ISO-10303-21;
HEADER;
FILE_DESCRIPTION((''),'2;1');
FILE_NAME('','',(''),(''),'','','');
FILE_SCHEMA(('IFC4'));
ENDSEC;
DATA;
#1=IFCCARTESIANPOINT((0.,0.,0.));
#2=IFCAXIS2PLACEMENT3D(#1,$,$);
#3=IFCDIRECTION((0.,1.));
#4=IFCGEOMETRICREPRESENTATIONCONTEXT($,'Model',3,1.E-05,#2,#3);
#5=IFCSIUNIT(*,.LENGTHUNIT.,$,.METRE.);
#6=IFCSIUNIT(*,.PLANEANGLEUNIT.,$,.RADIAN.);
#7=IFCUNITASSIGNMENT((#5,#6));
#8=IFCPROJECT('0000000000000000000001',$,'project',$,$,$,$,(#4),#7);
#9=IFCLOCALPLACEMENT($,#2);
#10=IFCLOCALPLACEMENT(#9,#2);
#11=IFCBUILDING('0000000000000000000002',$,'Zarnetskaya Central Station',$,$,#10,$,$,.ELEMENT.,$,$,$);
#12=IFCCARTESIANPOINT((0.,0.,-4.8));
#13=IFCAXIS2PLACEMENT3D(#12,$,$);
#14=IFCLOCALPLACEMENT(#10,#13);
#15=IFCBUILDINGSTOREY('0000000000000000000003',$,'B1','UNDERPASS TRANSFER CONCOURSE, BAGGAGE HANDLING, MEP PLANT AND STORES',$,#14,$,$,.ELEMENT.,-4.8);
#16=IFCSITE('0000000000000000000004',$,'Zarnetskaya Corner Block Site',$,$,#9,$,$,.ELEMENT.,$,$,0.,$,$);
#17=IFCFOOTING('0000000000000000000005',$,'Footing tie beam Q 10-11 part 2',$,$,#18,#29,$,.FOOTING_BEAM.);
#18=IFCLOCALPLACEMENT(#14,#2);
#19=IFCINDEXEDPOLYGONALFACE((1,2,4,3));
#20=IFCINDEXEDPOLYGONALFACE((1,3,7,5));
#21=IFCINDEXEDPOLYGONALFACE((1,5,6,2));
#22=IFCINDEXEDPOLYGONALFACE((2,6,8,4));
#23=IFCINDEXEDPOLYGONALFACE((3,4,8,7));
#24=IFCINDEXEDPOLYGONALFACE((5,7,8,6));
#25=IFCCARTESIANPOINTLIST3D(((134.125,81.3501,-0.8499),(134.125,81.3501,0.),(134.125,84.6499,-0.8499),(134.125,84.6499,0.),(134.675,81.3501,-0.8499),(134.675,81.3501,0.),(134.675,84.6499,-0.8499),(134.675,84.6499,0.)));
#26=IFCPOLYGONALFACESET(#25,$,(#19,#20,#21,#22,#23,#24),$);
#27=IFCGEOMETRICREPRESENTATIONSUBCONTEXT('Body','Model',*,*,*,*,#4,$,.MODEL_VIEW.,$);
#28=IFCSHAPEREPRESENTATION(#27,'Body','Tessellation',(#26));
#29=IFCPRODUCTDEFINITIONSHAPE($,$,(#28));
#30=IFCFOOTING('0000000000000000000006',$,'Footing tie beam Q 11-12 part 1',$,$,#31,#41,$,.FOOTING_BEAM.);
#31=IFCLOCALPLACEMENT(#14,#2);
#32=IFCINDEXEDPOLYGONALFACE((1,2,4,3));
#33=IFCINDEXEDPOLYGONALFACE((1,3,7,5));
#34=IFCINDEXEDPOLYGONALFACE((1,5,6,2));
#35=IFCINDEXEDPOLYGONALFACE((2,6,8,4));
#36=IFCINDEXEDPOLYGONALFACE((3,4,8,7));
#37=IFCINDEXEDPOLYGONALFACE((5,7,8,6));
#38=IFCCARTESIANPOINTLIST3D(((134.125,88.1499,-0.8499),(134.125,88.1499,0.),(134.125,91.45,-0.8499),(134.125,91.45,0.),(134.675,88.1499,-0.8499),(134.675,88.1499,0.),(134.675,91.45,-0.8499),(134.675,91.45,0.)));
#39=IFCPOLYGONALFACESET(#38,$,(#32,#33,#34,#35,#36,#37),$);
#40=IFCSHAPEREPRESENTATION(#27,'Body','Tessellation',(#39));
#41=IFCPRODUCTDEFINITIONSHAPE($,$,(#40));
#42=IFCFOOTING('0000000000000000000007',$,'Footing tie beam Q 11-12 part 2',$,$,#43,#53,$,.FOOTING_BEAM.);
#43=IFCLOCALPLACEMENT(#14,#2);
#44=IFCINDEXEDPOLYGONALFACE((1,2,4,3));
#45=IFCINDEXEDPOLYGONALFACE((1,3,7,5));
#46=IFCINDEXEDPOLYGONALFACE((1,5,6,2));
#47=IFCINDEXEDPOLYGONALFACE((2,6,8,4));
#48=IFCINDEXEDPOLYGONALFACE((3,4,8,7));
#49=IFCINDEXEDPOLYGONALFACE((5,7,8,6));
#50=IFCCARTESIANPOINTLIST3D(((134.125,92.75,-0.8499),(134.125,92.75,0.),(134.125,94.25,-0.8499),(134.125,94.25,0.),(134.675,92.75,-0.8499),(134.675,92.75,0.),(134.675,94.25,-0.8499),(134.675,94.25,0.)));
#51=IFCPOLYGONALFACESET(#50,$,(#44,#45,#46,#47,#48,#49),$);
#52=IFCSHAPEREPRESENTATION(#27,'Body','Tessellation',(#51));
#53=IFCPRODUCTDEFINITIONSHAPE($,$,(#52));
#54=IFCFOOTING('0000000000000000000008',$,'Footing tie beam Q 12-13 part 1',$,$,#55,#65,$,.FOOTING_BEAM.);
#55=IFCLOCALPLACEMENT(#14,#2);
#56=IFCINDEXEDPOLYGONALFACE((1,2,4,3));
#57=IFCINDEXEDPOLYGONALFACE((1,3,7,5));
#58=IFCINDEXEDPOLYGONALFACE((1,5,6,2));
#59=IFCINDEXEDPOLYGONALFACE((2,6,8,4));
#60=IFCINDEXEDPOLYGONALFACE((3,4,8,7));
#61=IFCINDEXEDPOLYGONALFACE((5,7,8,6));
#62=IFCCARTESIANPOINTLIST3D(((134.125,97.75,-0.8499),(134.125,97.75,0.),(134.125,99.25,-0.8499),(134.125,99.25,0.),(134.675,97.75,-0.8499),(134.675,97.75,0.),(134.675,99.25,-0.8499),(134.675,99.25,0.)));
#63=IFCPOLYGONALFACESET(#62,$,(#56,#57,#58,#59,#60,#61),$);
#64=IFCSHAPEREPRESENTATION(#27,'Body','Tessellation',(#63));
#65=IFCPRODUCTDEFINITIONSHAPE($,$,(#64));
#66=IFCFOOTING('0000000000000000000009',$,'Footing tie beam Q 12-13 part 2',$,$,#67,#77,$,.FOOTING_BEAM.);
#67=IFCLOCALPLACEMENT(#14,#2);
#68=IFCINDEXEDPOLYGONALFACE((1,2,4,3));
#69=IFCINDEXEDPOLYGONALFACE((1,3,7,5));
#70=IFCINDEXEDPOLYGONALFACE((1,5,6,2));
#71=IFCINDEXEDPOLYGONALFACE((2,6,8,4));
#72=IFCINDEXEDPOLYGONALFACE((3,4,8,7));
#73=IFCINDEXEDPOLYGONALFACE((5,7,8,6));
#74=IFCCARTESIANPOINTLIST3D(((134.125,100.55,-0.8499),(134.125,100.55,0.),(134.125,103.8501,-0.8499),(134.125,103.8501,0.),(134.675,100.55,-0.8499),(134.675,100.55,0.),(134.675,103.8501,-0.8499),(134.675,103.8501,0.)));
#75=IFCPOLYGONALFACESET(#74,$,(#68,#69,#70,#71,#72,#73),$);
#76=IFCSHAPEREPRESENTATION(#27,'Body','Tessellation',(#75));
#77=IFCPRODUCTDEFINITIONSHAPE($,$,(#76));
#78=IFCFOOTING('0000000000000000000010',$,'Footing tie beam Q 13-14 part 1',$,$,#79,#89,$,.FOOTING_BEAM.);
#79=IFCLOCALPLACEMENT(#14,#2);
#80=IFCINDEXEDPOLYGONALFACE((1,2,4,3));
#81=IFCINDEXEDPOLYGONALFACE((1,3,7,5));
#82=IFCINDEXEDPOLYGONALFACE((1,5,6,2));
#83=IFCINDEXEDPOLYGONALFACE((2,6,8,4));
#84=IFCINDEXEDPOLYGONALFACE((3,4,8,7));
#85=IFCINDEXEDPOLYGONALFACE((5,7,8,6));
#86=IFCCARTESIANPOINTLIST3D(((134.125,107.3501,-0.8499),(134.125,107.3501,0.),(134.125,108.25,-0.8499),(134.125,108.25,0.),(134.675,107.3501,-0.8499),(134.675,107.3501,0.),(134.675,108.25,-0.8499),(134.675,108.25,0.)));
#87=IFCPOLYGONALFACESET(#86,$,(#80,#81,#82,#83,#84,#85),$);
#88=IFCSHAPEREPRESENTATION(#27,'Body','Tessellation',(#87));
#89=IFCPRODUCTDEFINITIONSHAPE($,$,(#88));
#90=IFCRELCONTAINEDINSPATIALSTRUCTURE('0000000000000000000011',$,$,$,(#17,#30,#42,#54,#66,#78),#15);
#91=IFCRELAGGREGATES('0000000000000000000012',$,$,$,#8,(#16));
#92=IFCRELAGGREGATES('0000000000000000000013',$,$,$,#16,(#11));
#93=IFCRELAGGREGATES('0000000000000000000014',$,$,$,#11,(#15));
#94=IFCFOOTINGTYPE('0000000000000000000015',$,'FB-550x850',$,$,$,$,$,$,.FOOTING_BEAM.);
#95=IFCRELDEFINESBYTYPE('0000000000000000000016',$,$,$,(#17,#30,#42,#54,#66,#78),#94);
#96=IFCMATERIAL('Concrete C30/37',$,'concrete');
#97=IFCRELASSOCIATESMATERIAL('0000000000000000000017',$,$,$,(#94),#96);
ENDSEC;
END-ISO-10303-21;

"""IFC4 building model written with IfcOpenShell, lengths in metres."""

from ifc_helpers import new_model, si_unit, direction, frame, origin, place, context, subcontext, project, spatial, polyline, outline, extrude, material, type_object, element, save


model = new_model("IFC4")

# Units and contexts
model_context = context("Model", 3, precision=1e-05, world=origin(), true_north=direction((0.0, 1.0)))
body_context = subcontext(model_context, "Body", "Model", "MODEL_VIEW")
ifc_project = project(units=[si_unit("LENGTHUNIT", "METRE"), si_unit("PLANEANGLEUNIT", "RADIAN")], contexts=[model_context])

# Site, building, storey
site_placement = place(None, origin())
site = spatial("IfcSite", under=ifc_project, at=site_placement, Name="Zarnetskaya Corner Block Site", CompositionType="ELEMENT", RefElevation=0.0)
building_placement = place(site_placement, origin())
building = spatial("IfcBuilding", under=site, at=building_placement, Name="Zarnetskaya Central Station", CompositionType="ELEMENT")
storey_placement = place(building_placement, frame((0.0, 0.0, -4.8)))
storey = spatial("IfcBuildingStorey", under=building, at=storey_placement, Name="B1", Description="UNDERPASS TRANSFER CONCOURSE, BAGGAGE HANDLING, MEP PLANT AND STORES", CompositionType="ELEMENT", Elevation=-4.8)

# Footings
ifc_material = material(Name="Concrete C30/37", Category="concrete")
footing_type = type_object("IfcFootingType", Name="FB-550x850", PredefinedType="FOOTING_BEAM", material=ifc_material)
footing_1_placement = place(storey_placement, frame((0.0, 0.0, -0.8499)))
element("IfcFooting", 1, at=footing_1_placement, inside=storey, type_object=footing_type, Name="Footing tie beam Q 10-11 part 2", PredefinedType="FOOTING_BEAM", context=body_context, shape_type="SweptSolid", body=[
    extrude(outline(polyline([(134.125, 81.3501), (134.675, 81.3501), (134.675, 84.6499), (134.125, 84.6499), (134.125, 81.3501)])), origin(), (0.0, 0.0, 1.0), 0.8499),
])
footing_2_placement = place(storey_placement, frame((0.0, 0.0, -0.8499)))
element("IfcFooting", 2, at=footing_2_placement, inside=storey, type_object=footing_type, Name="Footing tie beam Q 11-12 part 1", PredefinedType="FOOTING_BEAM", context=body_context, shape_type="SweptSolid", body=[
    extrude(outline(polyline([(134.125, 88.1499), (134.675, 88.1499), (134.675, 91.45), (134.125, 91.45), (134.125, 88.1499)])), origin(), (0.0, 0.0, 1.0), 0.8499),
])
footing_3_placement = place(storey_placement, frame((0.0, 0.0, -0.8499)))
element("IfcFooting", 3, at=footing_3_placement, inside=storey, type_object=footing_type, Name="Footing tie beam Q 11-12 part 2", PredefinedType="FOOTING_BEAM", context=body_context, shape_type="SweptSolid", body=[
    extrude(outline(polyline([(134.125, 92.75), (134.675, 92.75), (134.675, 94.25), (134.125, 94.25), (134.125, 92.75)])), origin(), (0.0, 0.0, 1.0), 0.8499),
])
footing_4_placement = place(storey_placement, frame((0.0, 0.0, -0.8499)))
element("IfcFooting", 4, at=footing_4_placement, inside=storey, type_object=footing_type, Name="Footing tie beam Q 12-13 part 1", PredefinedType="FOOTING_BEAM", context=body_context, shape_type="SweptSolid", body=[
    extrude(outline(polyline([(134.125, 97.75), (134.675, 97.75), (134.675, 99.25), (134.125, 99.25), (134.125, 97.75)])), origin(), (0.0, 0.0, 1.0), 0.8499),
])
footing_5_placement = place(storey_placement, frame((0.0, 0.0, -0.8499)))
element("IfcFooting", 5, at=footing_5_placement, inside=storey, type_object=footing_type, Name="Footing tie beam Q 12-13 part 2", PredefinedType="FOOTING_BEAM", context=body_context, shape_type="SweptSolid", body=[
    extrude(outline(polyline([(134.125, 100.55), (134.675, 100.55), (134.675, 103.8501), (134.125, 103.8501), (134.125, 100.55)])), origin(), (0.0, 0.0, 1.0), 0.8499),
])
footing_6_placement = place(storey_placement, frame((0.0, 0.0, -0.8499)))
element("IfcFooting", 6, at=footing_6_placement, inside=storey, type_object=footing_type, Name="Footing tie beam Q 13-14 part 1", PredefinedType="FOOTING_BEAM", context=body_context, shape_type="SweptSolid", body=[
    extrude(outline(polyline([(134.125, 107.3501), (134.675, 107.3501), (134.675, 108.25), (134.125, 108.25), (134.125, 107.3501)])), origin(), (0.0, 0.0, 1.0), 0.8499),
])

save(model, "model.ifc")
